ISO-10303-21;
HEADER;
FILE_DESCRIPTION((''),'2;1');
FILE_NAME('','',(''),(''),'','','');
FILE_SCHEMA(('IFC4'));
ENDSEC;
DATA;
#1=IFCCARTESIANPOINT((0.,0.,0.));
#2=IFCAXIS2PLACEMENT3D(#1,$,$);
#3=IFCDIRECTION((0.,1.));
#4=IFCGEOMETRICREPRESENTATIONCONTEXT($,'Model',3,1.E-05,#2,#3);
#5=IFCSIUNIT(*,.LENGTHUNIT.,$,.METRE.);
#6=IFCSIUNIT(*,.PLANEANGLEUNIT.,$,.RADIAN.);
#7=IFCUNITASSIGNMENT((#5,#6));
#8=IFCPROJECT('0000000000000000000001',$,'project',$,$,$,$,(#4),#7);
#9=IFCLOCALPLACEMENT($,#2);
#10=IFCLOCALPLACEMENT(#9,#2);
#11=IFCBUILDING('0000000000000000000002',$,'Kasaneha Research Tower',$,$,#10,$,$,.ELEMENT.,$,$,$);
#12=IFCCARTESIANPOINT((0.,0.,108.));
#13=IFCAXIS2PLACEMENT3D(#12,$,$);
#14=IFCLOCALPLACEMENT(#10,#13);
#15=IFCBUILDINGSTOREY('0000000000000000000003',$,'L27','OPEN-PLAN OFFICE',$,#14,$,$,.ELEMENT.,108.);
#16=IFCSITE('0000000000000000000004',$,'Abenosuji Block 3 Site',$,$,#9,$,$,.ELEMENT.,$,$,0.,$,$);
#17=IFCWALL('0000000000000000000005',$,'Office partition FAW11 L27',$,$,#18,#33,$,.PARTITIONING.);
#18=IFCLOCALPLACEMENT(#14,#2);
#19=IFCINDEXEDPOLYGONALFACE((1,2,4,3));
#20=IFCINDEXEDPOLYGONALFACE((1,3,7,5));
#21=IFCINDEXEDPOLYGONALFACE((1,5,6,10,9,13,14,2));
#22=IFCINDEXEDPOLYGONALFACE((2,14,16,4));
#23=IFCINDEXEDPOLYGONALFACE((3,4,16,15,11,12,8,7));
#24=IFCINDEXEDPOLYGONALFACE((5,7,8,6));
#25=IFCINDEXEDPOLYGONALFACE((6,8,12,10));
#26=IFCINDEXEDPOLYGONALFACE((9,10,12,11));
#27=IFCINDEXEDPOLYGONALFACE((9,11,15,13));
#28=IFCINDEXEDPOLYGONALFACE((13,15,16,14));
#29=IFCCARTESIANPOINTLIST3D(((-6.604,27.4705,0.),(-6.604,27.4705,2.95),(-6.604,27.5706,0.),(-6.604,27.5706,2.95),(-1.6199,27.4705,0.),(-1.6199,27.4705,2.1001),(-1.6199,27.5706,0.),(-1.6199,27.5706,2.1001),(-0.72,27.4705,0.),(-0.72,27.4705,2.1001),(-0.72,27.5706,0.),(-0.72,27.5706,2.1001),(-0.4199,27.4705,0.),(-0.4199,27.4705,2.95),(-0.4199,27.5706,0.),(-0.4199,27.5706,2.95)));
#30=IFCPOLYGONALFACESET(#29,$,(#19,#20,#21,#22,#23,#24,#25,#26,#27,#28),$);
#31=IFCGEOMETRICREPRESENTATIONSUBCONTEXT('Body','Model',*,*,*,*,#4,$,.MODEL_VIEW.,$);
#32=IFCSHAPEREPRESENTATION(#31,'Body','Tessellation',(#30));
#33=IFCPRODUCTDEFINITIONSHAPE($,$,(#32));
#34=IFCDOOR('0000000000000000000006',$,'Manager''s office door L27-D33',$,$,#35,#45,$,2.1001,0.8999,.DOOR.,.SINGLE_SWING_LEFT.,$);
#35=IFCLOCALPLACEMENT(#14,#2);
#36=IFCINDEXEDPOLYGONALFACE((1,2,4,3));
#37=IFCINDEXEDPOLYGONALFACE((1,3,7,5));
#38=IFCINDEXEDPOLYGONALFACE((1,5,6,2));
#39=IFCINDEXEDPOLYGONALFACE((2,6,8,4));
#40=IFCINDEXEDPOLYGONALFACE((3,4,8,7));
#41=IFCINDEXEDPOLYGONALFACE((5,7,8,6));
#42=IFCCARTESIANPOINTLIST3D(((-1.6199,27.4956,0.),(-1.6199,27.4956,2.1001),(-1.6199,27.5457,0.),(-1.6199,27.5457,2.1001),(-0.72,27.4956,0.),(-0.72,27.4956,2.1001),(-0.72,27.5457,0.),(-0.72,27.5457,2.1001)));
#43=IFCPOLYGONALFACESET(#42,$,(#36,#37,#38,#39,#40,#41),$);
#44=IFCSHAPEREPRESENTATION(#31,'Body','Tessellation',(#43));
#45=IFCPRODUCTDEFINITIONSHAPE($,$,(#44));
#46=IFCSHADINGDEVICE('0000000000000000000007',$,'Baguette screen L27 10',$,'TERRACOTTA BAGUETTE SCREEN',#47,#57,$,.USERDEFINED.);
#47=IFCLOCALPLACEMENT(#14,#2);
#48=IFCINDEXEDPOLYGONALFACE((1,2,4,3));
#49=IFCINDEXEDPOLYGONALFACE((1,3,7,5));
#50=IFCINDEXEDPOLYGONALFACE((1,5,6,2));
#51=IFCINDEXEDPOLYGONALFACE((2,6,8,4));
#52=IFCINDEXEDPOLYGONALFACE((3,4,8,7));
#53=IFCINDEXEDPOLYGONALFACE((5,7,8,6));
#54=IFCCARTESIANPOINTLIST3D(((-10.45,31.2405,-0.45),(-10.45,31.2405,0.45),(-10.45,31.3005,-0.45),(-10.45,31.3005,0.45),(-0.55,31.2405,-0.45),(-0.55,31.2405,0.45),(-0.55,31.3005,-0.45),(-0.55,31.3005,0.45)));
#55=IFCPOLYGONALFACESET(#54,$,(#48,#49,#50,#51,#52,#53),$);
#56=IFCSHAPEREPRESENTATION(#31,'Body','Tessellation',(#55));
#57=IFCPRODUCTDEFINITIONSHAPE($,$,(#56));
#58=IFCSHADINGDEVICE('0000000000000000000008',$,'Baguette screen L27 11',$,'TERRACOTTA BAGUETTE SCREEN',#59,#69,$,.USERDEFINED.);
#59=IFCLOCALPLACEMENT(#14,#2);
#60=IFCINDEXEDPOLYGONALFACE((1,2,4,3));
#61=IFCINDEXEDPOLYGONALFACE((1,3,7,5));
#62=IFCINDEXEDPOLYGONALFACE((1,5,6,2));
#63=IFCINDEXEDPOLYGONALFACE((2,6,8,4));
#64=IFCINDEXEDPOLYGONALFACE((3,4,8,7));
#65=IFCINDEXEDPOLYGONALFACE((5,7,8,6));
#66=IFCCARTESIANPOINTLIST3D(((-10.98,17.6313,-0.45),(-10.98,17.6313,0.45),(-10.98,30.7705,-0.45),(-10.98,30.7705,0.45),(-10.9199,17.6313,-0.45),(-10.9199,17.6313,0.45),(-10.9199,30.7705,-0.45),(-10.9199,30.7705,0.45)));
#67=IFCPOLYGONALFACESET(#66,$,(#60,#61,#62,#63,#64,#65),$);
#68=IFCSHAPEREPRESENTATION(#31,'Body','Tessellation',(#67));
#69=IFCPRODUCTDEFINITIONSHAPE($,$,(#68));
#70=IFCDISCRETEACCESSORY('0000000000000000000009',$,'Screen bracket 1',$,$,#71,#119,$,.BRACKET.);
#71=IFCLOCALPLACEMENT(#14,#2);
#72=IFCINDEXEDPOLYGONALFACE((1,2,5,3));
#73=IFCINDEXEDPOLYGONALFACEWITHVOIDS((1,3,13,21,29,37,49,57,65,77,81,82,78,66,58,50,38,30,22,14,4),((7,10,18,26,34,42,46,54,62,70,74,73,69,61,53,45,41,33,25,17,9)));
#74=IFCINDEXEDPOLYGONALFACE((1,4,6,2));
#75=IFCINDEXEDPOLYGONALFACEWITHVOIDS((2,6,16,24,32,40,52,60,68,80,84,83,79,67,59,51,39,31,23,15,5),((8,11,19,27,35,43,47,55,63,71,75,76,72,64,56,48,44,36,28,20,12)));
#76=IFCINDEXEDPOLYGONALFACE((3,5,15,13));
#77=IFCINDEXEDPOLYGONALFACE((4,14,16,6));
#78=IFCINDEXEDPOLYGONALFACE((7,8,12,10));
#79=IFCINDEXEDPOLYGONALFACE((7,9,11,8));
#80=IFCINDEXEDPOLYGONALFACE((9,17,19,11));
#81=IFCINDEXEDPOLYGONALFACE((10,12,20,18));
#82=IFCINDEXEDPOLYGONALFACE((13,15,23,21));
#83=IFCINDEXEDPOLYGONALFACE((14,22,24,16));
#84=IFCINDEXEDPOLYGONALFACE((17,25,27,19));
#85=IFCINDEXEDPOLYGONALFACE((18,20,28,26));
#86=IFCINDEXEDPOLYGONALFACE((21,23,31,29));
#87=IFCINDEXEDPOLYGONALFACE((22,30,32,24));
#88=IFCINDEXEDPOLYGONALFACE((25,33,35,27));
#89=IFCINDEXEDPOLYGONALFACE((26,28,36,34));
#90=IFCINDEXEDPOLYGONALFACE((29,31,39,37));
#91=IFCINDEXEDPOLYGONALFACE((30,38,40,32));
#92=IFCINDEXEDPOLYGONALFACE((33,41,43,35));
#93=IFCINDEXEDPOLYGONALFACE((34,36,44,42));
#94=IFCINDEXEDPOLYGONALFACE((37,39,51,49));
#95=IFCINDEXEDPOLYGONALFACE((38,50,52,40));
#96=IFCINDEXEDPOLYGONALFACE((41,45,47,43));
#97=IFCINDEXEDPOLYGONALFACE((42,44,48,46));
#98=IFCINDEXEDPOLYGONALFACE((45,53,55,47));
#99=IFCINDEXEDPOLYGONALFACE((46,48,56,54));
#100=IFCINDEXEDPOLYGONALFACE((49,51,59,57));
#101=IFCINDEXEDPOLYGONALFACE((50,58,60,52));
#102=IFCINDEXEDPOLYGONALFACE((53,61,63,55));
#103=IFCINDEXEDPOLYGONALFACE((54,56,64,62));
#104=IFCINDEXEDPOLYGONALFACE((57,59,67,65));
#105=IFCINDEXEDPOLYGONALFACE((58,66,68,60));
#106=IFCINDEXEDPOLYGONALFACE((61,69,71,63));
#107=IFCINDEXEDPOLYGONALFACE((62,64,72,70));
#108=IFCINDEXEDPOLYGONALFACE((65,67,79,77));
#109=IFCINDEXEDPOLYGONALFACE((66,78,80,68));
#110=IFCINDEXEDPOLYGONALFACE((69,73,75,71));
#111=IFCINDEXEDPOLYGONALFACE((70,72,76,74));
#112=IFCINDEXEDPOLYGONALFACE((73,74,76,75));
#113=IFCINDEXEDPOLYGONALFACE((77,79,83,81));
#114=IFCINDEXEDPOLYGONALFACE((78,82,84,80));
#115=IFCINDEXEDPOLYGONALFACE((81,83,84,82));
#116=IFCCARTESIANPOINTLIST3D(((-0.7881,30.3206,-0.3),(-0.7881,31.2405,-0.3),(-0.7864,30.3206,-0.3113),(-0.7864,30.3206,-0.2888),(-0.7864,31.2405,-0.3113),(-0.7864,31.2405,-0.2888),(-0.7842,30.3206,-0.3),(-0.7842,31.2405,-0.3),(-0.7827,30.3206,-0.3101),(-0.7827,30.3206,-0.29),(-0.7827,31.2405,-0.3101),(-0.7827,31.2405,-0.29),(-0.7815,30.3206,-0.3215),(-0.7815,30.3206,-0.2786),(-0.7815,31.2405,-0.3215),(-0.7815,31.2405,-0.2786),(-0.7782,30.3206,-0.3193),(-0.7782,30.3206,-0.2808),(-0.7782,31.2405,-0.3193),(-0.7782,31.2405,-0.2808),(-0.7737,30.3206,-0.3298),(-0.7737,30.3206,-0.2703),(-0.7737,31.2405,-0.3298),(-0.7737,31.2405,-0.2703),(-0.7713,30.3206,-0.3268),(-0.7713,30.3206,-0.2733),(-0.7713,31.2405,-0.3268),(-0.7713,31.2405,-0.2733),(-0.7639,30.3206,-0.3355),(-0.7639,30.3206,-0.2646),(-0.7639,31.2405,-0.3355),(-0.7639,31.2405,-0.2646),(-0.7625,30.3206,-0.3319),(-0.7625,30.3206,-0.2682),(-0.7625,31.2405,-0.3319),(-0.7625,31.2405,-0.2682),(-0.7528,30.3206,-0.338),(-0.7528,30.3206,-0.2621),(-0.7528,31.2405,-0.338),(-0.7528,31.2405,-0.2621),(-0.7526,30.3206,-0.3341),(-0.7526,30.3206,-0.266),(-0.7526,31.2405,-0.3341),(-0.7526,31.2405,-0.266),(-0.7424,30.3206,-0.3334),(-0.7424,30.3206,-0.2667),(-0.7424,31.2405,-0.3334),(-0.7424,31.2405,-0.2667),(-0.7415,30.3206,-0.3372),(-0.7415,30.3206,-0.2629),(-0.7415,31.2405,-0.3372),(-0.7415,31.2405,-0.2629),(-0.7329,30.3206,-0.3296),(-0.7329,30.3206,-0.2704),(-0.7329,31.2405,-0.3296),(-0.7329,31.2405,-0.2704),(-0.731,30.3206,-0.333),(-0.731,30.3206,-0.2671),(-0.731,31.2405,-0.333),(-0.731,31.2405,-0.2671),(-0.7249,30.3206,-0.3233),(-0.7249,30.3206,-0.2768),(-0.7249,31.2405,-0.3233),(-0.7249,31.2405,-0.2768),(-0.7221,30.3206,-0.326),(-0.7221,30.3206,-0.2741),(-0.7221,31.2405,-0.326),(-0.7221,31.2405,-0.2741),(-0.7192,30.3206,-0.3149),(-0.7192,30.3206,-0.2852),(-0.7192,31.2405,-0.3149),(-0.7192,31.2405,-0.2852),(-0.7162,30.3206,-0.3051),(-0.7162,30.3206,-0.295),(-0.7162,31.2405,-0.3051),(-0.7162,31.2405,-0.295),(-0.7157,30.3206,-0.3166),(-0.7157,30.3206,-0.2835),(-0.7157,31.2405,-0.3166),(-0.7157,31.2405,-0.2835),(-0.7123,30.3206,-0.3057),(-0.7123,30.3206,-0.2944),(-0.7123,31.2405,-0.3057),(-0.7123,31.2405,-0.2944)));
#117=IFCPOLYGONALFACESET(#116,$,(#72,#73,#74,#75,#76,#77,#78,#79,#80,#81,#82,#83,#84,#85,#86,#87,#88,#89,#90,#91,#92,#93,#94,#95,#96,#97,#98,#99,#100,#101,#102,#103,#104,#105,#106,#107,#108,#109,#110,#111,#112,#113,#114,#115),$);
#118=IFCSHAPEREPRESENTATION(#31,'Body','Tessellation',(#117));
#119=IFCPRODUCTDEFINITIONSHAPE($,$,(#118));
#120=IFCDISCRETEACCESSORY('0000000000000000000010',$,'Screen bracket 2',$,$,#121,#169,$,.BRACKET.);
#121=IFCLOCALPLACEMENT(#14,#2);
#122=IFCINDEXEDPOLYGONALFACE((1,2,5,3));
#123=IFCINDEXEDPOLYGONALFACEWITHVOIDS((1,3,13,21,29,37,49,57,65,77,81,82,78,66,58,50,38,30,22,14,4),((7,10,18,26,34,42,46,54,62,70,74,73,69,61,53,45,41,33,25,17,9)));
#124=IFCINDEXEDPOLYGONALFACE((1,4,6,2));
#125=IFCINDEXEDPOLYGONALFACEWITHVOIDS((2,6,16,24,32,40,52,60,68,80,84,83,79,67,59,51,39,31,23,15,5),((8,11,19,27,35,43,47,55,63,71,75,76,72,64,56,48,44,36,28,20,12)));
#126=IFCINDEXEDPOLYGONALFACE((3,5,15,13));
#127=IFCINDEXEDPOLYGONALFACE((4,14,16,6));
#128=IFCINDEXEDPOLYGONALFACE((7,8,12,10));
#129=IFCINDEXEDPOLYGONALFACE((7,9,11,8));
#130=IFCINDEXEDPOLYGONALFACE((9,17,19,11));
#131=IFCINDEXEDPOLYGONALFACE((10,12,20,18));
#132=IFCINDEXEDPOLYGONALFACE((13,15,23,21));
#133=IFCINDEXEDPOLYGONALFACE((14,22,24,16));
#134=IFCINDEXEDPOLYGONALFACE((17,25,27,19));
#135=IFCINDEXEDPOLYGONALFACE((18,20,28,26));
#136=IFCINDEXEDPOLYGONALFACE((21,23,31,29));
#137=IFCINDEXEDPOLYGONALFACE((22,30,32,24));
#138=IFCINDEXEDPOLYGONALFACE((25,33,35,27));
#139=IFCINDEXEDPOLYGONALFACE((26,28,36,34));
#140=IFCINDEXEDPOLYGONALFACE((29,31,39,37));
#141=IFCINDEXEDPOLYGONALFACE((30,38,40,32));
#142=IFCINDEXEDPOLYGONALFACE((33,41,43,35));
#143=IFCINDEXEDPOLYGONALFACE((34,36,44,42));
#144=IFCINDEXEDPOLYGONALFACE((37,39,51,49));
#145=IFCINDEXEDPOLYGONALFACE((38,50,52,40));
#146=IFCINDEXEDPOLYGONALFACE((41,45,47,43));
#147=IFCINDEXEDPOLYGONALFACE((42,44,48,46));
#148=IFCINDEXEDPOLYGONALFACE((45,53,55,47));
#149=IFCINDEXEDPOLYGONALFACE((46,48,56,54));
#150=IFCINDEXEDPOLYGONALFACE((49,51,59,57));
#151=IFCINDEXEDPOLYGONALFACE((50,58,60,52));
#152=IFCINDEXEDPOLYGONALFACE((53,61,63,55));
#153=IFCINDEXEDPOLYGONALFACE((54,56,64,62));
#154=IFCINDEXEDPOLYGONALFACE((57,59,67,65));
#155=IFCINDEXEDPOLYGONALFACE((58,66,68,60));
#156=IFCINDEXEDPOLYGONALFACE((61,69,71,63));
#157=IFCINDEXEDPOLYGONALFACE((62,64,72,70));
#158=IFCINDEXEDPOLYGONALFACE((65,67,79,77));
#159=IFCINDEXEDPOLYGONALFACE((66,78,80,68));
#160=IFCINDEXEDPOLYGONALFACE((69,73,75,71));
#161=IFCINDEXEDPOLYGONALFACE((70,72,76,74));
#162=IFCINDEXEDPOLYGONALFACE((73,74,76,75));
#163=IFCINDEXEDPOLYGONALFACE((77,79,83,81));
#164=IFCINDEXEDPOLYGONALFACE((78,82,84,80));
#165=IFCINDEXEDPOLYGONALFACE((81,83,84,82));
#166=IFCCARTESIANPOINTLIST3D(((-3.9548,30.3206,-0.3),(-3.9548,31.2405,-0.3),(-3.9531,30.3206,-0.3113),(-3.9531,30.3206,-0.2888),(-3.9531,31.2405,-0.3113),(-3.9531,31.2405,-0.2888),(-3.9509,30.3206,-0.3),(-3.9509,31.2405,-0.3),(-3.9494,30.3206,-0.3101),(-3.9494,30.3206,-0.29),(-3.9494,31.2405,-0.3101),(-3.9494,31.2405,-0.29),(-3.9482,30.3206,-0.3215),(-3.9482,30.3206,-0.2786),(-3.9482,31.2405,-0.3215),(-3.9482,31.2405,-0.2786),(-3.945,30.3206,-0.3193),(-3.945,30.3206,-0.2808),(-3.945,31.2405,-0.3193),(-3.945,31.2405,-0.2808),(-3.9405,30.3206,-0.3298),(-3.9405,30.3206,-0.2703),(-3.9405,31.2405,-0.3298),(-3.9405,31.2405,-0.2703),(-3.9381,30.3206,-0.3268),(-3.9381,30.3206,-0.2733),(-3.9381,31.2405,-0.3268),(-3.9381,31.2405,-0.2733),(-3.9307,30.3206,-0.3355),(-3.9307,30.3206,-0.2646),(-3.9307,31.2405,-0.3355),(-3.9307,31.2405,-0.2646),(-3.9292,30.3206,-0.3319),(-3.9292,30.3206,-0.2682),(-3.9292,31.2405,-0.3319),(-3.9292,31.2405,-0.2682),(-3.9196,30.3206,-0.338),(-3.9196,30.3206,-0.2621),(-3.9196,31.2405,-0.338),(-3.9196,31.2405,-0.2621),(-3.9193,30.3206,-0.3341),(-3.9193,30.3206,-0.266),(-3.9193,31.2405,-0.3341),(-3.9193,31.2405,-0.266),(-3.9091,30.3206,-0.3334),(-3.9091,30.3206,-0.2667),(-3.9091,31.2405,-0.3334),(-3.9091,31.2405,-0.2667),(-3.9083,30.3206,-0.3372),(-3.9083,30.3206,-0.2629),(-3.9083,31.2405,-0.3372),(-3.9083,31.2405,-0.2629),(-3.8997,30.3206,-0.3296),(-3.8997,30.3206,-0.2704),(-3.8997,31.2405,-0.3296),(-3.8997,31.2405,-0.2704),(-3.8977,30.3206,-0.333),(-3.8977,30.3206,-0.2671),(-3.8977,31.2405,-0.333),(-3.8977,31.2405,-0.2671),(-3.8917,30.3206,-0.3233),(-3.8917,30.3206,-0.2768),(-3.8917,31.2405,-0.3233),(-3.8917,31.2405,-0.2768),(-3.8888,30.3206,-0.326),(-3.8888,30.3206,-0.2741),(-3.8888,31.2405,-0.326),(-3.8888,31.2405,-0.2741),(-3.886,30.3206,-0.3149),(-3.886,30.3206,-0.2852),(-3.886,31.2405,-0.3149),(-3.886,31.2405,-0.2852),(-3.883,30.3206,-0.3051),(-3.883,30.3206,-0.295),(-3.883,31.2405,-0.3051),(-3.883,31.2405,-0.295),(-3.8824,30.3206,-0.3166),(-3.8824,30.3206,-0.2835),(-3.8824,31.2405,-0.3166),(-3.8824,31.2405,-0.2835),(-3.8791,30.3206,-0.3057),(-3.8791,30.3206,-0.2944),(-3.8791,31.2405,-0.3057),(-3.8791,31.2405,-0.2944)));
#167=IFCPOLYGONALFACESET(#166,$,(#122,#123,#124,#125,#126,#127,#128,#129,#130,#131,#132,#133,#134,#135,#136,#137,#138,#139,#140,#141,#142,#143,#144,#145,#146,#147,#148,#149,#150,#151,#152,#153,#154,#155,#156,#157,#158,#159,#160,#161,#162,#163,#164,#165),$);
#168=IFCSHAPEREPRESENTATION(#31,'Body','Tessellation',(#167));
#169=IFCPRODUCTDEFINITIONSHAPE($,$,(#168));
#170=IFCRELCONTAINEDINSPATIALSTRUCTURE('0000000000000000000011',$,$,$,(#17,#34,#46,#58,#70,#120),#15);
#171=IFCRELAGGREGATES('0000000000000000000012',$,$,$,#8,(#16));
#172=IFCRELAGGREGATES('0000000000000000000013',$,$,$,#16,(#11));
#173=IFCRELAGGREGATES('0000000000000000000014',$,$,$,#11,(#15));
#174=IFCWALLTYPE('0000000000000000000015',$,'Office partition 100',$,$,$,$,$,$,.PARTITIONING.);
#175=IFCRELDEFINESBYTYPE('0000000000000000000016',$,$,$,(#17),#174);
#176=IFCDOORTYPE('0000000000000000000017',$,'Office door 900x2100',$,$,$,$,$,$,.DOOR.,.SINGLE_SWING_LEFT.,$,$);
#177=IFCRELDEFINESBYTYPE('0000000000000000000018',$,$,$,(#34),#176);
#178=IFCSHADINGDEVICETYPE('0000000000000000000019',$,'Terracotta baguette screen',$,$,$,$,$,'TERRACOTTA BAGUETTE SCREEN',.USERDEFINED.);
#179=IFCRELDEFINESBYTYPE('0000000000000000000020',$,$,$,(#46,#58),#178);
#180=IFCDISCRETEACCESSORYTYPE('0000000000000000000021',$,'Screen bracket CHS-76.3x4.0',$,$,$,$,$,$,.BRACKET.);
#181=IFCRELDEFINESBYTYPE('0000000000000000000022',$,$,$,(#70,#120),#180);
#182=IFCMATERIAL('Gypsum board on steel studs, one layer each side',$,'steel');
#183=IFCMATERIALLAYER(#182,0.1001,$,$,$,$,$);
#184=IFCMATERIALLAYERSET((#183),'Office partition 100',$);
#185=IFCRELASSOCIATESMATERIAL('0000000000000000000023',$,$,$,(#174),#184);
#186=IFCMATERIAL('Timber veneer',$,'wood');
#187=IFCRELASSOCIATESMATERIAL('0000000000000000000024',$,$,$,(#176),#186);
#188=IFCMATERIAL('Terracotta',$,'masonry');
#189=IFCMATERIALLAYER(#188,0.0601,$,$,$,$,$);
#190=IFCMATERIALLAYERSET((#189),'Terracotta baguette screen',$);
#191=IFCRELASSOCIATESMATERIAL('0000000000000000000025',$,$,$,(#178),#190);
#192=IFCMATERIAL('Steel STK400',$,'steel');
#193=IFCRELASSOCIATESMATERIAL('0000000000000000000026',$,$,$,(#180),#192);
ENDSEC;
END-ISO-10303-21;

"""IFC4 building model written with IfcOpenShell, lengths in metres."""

from ifc_helpers import new_model, si_unit, direction, frame, frame_2d, origin, origin_2d, place, context, subcontext, project, spatial, rectangle, hollow_circle, extrude, material, layer, layer_set, material_profile, profile_set, type_object, element, fill, save


model = new_model("IFC4")

# Units and contexts
model_context = context("Model", 3, precision=1e-05, world=origin(), true_north=direction((0.0, 1.0)))
body_context = subcontext(model_context, "Body", "Model", "MODEL_VIEW")
ifc_project = project(units=[si_unit("LENGTHUNIT", "METRE"), si_unit("PLANEANGLEUNIT", "RADIAN")], contexts=[model_context])

# Site, building, storey
site_placement = place(None, origin())
site = spatial("IfcSite", under=ifc_project, at=site_placement, Name="Abenosuji Block 3 Site", CompositionType="ELEMENT", RefElevation=0.0)
building_placement = place(site_placement, origin())
building = spatial("IfcBuilding", under=site, at=building_placement, Name="Kasaneha Research Tower", CompositionType="ELEMENT")
storey_placement = place(building_placement, frame((0.0, 0.0, 108.0)))
storey = spatial("IfcBuildingStorey", under=building, at=storey_placement, Name="L27", Description="OPEN-PLAN OFFICE", CompositionType="ELEMENT", Elevation=108.0)

# Shared definitions
ifc_material_1 = material(Name="Gypsum board on steel studs, one layer each side", Category="steel")
ifc_layer_1 = layer(ifc_material_1, 0.1001)
ifc_layer_set_1 = layer_set([ifc_layer_1], Name="Office partition 100")
wall_type = type_object("IfcWallType", Name="Office partition 100", PredefinedType="PARTITIONING", material=ifc_layer_set_1)

# Wall, opening, door
ifc_material_2 = material(Name="Timber veneer", Category="wood")
door_type = type_object("IfcDoorType", Name="Office door 900x2100", OperationType="SINGLE_SWING_LEFT", PredefinedType="DOOR", material=ifc_material_2)
wall_1_placement = place(storey_placement, frame((-0.4199, 27.5205, 0.0), z_axis=(0.0, 0.0, 1.0), x_axis=(-1.0, 0.0, 0.0)))
wall_1 = element("IfcWall", 1, at=wall_1_placement, inside=storey, type_object=wall_type, Name="Office partition FAW11 L27", PredefinedType="PARTITIONING", context=body_context, shape_type="SweptSolid", body=[
    extrude(rectangle(XDim=6.1841, YDim=0.1001, at=frame_2d((3.092, 0.0))), origin(), (0.0, 0.0, 1.0), 2.95),
])
opening_1_placement = place(wall_1_placement, frame((0.3, 0.0, 0.0)))
opening_1 = element("IfcOpeningElement", 2, at=opening_1_placement, cuts=wall_1, PredefinedType="OPENING", context=body_context, shape_type="SweptSolid", body=[
    extrude(rectangle(XDim=0.8999, YDim=2.1001, at=frame_2d((0.45, 1.05))), frame((0.0, 0.0601, 0.0), z_axis=(0.0, -1.0, 0.0), x_axis=(1.0, 0.0, 0.0)), (0.0, 0.0, 1.0), 0.1201),
])
door_1_placement = place(opening_1_placement, origin())
door_1 = element("IfcDoor", 3, at=door_1_placement, inside=storey, type_object=door_type, Name="Manager's office door L27-D33", OperationType="SINGLE_SWING_LEFT", OverallHeight=2.1001, OverallWidth=0.8999, PredefinedType="DOOR", context=body_context, shape_type="SweptSolid", body=[
    extrude(rectangle(XDim=0.8999, YDim=2.1001, at=frame_2d((0.45, 1.05))), frame((0.0, 0.0249, 0.0), z_axis=(0.0, -1.0, 0.0), x_axis=(1.0, 0.0, 0.0)), (0.0, 0.0, 1.0), 0.05),
])
fill(opening_1, door_1)

# Shading devices
ifc_material_3 = material(Name="Terracotta", Category="masonry")
ifc_layer_2 = layer(ifc_material_3, 0.0601)
ifc_layer_set_2 = layer_set([ifc_layer_2], Name="Terracotta baguette screen")
shading_device_type = type_object("IfcShadingDeviceType", Name="Terracotta baguette screen", ElementType="TERRACOTTA BAGUETTE SCREEN", PredefinedType="USERDEFINED", material=ifc_layer_set_2)
shading_device_1_placement = place(storey_placement, frame((-5.5, 31.2705, -0.45), z_axis=(0.0, 0.0, 1.0), x_axis=(-1.0, 0.0, 0.0)))
element("IfcShadingDevice", 4, at=shading_device_1_placement, inside=storey, type_object=shading_device_type, Name="Baguette screen L27 10", ObjectType="TERRACOTTA BAGUETTE SCREEN", PredefinedType="USERDEFINED", context=body_context, shape_type="SweptSolid", body=[
    extrude(rectangle(XDim=9.8999, YDim=0.0601, at=origin_2d()), origin(), (0.0, 0.0, 1.0), 0.8999),
])
shading_device_2_placement = place(storey_placement, frame((-10.95, 24.2009, -0.45), z_axis=(0.0, 0.0, 1.0), x_axis=(0.0, -1.0, 0.0)))
element("IfcShadingDevice", 5, at=shading_device_2_placement, inside=storey, type_object=shading_device_type, Name="Baguette screen L27 11", ObjectType="TERRACOTTA BAGUETTE SCREEN", PredefinedType="USERDEFINED", context=body_context, shape_type="SweptSolid", body=[
    extrude(rectangle(XDim=13.1392, YDim=0.0601, at=origin_2d()), origin(), (0.0, 0.0, 1.0), 0.8999),
])

# Discrete accessories
ifc_material_4 = material(Name="Steel STK400", Category="steel")
ifc_material_profile_1 = material_profile(ifc_material_4, hollow_circle(Radius=0.0381, WallThickness=0.0039, at=origin_2d()), Name="CHS-76.3x4.0")
ifc_profile_set_1 = profile_set([ifc_material_profile_1], Name="Steel STK400")
discrete_accessory_type = type_object("IfcDiscreteAccessoryType", Name="Screen bracket CHS-76.3x4.0", PredefinedType="BRACKET", material=ifc_profile_set_1)
for number, where, z_axis, x_axis, name in (
    (6, (-0.75, 30.3206, -0.3), (0.0, 1.0, 0.0), (-1.0, 0.0, 0.0), "Screen bracket 1"),
    (7, (-3.9167, 30.3206, -0.3), (0.0, 1.0, 0.0), (-1.0, 0.0, 0.0), "Screen bracket 2"),
):
    element("IfcDiscreteAccessory", number, at=place(storey_placement, frame(where, z_axis=z_axis, x_axis=x_axis)), inside=storey, type_object=discrete_accessory_type, Name=name, PredefinedType="BRACKET", context=body_context, shape_type="SweptSolid", body=[
        extrude(hollow_circle(Radius=0.0381, WallThickness=0.0039, at=origin_2d()), origin(), (0.0, 0.0, 1.0), 0.9199),
    ])

save(model, "model.ifc")
